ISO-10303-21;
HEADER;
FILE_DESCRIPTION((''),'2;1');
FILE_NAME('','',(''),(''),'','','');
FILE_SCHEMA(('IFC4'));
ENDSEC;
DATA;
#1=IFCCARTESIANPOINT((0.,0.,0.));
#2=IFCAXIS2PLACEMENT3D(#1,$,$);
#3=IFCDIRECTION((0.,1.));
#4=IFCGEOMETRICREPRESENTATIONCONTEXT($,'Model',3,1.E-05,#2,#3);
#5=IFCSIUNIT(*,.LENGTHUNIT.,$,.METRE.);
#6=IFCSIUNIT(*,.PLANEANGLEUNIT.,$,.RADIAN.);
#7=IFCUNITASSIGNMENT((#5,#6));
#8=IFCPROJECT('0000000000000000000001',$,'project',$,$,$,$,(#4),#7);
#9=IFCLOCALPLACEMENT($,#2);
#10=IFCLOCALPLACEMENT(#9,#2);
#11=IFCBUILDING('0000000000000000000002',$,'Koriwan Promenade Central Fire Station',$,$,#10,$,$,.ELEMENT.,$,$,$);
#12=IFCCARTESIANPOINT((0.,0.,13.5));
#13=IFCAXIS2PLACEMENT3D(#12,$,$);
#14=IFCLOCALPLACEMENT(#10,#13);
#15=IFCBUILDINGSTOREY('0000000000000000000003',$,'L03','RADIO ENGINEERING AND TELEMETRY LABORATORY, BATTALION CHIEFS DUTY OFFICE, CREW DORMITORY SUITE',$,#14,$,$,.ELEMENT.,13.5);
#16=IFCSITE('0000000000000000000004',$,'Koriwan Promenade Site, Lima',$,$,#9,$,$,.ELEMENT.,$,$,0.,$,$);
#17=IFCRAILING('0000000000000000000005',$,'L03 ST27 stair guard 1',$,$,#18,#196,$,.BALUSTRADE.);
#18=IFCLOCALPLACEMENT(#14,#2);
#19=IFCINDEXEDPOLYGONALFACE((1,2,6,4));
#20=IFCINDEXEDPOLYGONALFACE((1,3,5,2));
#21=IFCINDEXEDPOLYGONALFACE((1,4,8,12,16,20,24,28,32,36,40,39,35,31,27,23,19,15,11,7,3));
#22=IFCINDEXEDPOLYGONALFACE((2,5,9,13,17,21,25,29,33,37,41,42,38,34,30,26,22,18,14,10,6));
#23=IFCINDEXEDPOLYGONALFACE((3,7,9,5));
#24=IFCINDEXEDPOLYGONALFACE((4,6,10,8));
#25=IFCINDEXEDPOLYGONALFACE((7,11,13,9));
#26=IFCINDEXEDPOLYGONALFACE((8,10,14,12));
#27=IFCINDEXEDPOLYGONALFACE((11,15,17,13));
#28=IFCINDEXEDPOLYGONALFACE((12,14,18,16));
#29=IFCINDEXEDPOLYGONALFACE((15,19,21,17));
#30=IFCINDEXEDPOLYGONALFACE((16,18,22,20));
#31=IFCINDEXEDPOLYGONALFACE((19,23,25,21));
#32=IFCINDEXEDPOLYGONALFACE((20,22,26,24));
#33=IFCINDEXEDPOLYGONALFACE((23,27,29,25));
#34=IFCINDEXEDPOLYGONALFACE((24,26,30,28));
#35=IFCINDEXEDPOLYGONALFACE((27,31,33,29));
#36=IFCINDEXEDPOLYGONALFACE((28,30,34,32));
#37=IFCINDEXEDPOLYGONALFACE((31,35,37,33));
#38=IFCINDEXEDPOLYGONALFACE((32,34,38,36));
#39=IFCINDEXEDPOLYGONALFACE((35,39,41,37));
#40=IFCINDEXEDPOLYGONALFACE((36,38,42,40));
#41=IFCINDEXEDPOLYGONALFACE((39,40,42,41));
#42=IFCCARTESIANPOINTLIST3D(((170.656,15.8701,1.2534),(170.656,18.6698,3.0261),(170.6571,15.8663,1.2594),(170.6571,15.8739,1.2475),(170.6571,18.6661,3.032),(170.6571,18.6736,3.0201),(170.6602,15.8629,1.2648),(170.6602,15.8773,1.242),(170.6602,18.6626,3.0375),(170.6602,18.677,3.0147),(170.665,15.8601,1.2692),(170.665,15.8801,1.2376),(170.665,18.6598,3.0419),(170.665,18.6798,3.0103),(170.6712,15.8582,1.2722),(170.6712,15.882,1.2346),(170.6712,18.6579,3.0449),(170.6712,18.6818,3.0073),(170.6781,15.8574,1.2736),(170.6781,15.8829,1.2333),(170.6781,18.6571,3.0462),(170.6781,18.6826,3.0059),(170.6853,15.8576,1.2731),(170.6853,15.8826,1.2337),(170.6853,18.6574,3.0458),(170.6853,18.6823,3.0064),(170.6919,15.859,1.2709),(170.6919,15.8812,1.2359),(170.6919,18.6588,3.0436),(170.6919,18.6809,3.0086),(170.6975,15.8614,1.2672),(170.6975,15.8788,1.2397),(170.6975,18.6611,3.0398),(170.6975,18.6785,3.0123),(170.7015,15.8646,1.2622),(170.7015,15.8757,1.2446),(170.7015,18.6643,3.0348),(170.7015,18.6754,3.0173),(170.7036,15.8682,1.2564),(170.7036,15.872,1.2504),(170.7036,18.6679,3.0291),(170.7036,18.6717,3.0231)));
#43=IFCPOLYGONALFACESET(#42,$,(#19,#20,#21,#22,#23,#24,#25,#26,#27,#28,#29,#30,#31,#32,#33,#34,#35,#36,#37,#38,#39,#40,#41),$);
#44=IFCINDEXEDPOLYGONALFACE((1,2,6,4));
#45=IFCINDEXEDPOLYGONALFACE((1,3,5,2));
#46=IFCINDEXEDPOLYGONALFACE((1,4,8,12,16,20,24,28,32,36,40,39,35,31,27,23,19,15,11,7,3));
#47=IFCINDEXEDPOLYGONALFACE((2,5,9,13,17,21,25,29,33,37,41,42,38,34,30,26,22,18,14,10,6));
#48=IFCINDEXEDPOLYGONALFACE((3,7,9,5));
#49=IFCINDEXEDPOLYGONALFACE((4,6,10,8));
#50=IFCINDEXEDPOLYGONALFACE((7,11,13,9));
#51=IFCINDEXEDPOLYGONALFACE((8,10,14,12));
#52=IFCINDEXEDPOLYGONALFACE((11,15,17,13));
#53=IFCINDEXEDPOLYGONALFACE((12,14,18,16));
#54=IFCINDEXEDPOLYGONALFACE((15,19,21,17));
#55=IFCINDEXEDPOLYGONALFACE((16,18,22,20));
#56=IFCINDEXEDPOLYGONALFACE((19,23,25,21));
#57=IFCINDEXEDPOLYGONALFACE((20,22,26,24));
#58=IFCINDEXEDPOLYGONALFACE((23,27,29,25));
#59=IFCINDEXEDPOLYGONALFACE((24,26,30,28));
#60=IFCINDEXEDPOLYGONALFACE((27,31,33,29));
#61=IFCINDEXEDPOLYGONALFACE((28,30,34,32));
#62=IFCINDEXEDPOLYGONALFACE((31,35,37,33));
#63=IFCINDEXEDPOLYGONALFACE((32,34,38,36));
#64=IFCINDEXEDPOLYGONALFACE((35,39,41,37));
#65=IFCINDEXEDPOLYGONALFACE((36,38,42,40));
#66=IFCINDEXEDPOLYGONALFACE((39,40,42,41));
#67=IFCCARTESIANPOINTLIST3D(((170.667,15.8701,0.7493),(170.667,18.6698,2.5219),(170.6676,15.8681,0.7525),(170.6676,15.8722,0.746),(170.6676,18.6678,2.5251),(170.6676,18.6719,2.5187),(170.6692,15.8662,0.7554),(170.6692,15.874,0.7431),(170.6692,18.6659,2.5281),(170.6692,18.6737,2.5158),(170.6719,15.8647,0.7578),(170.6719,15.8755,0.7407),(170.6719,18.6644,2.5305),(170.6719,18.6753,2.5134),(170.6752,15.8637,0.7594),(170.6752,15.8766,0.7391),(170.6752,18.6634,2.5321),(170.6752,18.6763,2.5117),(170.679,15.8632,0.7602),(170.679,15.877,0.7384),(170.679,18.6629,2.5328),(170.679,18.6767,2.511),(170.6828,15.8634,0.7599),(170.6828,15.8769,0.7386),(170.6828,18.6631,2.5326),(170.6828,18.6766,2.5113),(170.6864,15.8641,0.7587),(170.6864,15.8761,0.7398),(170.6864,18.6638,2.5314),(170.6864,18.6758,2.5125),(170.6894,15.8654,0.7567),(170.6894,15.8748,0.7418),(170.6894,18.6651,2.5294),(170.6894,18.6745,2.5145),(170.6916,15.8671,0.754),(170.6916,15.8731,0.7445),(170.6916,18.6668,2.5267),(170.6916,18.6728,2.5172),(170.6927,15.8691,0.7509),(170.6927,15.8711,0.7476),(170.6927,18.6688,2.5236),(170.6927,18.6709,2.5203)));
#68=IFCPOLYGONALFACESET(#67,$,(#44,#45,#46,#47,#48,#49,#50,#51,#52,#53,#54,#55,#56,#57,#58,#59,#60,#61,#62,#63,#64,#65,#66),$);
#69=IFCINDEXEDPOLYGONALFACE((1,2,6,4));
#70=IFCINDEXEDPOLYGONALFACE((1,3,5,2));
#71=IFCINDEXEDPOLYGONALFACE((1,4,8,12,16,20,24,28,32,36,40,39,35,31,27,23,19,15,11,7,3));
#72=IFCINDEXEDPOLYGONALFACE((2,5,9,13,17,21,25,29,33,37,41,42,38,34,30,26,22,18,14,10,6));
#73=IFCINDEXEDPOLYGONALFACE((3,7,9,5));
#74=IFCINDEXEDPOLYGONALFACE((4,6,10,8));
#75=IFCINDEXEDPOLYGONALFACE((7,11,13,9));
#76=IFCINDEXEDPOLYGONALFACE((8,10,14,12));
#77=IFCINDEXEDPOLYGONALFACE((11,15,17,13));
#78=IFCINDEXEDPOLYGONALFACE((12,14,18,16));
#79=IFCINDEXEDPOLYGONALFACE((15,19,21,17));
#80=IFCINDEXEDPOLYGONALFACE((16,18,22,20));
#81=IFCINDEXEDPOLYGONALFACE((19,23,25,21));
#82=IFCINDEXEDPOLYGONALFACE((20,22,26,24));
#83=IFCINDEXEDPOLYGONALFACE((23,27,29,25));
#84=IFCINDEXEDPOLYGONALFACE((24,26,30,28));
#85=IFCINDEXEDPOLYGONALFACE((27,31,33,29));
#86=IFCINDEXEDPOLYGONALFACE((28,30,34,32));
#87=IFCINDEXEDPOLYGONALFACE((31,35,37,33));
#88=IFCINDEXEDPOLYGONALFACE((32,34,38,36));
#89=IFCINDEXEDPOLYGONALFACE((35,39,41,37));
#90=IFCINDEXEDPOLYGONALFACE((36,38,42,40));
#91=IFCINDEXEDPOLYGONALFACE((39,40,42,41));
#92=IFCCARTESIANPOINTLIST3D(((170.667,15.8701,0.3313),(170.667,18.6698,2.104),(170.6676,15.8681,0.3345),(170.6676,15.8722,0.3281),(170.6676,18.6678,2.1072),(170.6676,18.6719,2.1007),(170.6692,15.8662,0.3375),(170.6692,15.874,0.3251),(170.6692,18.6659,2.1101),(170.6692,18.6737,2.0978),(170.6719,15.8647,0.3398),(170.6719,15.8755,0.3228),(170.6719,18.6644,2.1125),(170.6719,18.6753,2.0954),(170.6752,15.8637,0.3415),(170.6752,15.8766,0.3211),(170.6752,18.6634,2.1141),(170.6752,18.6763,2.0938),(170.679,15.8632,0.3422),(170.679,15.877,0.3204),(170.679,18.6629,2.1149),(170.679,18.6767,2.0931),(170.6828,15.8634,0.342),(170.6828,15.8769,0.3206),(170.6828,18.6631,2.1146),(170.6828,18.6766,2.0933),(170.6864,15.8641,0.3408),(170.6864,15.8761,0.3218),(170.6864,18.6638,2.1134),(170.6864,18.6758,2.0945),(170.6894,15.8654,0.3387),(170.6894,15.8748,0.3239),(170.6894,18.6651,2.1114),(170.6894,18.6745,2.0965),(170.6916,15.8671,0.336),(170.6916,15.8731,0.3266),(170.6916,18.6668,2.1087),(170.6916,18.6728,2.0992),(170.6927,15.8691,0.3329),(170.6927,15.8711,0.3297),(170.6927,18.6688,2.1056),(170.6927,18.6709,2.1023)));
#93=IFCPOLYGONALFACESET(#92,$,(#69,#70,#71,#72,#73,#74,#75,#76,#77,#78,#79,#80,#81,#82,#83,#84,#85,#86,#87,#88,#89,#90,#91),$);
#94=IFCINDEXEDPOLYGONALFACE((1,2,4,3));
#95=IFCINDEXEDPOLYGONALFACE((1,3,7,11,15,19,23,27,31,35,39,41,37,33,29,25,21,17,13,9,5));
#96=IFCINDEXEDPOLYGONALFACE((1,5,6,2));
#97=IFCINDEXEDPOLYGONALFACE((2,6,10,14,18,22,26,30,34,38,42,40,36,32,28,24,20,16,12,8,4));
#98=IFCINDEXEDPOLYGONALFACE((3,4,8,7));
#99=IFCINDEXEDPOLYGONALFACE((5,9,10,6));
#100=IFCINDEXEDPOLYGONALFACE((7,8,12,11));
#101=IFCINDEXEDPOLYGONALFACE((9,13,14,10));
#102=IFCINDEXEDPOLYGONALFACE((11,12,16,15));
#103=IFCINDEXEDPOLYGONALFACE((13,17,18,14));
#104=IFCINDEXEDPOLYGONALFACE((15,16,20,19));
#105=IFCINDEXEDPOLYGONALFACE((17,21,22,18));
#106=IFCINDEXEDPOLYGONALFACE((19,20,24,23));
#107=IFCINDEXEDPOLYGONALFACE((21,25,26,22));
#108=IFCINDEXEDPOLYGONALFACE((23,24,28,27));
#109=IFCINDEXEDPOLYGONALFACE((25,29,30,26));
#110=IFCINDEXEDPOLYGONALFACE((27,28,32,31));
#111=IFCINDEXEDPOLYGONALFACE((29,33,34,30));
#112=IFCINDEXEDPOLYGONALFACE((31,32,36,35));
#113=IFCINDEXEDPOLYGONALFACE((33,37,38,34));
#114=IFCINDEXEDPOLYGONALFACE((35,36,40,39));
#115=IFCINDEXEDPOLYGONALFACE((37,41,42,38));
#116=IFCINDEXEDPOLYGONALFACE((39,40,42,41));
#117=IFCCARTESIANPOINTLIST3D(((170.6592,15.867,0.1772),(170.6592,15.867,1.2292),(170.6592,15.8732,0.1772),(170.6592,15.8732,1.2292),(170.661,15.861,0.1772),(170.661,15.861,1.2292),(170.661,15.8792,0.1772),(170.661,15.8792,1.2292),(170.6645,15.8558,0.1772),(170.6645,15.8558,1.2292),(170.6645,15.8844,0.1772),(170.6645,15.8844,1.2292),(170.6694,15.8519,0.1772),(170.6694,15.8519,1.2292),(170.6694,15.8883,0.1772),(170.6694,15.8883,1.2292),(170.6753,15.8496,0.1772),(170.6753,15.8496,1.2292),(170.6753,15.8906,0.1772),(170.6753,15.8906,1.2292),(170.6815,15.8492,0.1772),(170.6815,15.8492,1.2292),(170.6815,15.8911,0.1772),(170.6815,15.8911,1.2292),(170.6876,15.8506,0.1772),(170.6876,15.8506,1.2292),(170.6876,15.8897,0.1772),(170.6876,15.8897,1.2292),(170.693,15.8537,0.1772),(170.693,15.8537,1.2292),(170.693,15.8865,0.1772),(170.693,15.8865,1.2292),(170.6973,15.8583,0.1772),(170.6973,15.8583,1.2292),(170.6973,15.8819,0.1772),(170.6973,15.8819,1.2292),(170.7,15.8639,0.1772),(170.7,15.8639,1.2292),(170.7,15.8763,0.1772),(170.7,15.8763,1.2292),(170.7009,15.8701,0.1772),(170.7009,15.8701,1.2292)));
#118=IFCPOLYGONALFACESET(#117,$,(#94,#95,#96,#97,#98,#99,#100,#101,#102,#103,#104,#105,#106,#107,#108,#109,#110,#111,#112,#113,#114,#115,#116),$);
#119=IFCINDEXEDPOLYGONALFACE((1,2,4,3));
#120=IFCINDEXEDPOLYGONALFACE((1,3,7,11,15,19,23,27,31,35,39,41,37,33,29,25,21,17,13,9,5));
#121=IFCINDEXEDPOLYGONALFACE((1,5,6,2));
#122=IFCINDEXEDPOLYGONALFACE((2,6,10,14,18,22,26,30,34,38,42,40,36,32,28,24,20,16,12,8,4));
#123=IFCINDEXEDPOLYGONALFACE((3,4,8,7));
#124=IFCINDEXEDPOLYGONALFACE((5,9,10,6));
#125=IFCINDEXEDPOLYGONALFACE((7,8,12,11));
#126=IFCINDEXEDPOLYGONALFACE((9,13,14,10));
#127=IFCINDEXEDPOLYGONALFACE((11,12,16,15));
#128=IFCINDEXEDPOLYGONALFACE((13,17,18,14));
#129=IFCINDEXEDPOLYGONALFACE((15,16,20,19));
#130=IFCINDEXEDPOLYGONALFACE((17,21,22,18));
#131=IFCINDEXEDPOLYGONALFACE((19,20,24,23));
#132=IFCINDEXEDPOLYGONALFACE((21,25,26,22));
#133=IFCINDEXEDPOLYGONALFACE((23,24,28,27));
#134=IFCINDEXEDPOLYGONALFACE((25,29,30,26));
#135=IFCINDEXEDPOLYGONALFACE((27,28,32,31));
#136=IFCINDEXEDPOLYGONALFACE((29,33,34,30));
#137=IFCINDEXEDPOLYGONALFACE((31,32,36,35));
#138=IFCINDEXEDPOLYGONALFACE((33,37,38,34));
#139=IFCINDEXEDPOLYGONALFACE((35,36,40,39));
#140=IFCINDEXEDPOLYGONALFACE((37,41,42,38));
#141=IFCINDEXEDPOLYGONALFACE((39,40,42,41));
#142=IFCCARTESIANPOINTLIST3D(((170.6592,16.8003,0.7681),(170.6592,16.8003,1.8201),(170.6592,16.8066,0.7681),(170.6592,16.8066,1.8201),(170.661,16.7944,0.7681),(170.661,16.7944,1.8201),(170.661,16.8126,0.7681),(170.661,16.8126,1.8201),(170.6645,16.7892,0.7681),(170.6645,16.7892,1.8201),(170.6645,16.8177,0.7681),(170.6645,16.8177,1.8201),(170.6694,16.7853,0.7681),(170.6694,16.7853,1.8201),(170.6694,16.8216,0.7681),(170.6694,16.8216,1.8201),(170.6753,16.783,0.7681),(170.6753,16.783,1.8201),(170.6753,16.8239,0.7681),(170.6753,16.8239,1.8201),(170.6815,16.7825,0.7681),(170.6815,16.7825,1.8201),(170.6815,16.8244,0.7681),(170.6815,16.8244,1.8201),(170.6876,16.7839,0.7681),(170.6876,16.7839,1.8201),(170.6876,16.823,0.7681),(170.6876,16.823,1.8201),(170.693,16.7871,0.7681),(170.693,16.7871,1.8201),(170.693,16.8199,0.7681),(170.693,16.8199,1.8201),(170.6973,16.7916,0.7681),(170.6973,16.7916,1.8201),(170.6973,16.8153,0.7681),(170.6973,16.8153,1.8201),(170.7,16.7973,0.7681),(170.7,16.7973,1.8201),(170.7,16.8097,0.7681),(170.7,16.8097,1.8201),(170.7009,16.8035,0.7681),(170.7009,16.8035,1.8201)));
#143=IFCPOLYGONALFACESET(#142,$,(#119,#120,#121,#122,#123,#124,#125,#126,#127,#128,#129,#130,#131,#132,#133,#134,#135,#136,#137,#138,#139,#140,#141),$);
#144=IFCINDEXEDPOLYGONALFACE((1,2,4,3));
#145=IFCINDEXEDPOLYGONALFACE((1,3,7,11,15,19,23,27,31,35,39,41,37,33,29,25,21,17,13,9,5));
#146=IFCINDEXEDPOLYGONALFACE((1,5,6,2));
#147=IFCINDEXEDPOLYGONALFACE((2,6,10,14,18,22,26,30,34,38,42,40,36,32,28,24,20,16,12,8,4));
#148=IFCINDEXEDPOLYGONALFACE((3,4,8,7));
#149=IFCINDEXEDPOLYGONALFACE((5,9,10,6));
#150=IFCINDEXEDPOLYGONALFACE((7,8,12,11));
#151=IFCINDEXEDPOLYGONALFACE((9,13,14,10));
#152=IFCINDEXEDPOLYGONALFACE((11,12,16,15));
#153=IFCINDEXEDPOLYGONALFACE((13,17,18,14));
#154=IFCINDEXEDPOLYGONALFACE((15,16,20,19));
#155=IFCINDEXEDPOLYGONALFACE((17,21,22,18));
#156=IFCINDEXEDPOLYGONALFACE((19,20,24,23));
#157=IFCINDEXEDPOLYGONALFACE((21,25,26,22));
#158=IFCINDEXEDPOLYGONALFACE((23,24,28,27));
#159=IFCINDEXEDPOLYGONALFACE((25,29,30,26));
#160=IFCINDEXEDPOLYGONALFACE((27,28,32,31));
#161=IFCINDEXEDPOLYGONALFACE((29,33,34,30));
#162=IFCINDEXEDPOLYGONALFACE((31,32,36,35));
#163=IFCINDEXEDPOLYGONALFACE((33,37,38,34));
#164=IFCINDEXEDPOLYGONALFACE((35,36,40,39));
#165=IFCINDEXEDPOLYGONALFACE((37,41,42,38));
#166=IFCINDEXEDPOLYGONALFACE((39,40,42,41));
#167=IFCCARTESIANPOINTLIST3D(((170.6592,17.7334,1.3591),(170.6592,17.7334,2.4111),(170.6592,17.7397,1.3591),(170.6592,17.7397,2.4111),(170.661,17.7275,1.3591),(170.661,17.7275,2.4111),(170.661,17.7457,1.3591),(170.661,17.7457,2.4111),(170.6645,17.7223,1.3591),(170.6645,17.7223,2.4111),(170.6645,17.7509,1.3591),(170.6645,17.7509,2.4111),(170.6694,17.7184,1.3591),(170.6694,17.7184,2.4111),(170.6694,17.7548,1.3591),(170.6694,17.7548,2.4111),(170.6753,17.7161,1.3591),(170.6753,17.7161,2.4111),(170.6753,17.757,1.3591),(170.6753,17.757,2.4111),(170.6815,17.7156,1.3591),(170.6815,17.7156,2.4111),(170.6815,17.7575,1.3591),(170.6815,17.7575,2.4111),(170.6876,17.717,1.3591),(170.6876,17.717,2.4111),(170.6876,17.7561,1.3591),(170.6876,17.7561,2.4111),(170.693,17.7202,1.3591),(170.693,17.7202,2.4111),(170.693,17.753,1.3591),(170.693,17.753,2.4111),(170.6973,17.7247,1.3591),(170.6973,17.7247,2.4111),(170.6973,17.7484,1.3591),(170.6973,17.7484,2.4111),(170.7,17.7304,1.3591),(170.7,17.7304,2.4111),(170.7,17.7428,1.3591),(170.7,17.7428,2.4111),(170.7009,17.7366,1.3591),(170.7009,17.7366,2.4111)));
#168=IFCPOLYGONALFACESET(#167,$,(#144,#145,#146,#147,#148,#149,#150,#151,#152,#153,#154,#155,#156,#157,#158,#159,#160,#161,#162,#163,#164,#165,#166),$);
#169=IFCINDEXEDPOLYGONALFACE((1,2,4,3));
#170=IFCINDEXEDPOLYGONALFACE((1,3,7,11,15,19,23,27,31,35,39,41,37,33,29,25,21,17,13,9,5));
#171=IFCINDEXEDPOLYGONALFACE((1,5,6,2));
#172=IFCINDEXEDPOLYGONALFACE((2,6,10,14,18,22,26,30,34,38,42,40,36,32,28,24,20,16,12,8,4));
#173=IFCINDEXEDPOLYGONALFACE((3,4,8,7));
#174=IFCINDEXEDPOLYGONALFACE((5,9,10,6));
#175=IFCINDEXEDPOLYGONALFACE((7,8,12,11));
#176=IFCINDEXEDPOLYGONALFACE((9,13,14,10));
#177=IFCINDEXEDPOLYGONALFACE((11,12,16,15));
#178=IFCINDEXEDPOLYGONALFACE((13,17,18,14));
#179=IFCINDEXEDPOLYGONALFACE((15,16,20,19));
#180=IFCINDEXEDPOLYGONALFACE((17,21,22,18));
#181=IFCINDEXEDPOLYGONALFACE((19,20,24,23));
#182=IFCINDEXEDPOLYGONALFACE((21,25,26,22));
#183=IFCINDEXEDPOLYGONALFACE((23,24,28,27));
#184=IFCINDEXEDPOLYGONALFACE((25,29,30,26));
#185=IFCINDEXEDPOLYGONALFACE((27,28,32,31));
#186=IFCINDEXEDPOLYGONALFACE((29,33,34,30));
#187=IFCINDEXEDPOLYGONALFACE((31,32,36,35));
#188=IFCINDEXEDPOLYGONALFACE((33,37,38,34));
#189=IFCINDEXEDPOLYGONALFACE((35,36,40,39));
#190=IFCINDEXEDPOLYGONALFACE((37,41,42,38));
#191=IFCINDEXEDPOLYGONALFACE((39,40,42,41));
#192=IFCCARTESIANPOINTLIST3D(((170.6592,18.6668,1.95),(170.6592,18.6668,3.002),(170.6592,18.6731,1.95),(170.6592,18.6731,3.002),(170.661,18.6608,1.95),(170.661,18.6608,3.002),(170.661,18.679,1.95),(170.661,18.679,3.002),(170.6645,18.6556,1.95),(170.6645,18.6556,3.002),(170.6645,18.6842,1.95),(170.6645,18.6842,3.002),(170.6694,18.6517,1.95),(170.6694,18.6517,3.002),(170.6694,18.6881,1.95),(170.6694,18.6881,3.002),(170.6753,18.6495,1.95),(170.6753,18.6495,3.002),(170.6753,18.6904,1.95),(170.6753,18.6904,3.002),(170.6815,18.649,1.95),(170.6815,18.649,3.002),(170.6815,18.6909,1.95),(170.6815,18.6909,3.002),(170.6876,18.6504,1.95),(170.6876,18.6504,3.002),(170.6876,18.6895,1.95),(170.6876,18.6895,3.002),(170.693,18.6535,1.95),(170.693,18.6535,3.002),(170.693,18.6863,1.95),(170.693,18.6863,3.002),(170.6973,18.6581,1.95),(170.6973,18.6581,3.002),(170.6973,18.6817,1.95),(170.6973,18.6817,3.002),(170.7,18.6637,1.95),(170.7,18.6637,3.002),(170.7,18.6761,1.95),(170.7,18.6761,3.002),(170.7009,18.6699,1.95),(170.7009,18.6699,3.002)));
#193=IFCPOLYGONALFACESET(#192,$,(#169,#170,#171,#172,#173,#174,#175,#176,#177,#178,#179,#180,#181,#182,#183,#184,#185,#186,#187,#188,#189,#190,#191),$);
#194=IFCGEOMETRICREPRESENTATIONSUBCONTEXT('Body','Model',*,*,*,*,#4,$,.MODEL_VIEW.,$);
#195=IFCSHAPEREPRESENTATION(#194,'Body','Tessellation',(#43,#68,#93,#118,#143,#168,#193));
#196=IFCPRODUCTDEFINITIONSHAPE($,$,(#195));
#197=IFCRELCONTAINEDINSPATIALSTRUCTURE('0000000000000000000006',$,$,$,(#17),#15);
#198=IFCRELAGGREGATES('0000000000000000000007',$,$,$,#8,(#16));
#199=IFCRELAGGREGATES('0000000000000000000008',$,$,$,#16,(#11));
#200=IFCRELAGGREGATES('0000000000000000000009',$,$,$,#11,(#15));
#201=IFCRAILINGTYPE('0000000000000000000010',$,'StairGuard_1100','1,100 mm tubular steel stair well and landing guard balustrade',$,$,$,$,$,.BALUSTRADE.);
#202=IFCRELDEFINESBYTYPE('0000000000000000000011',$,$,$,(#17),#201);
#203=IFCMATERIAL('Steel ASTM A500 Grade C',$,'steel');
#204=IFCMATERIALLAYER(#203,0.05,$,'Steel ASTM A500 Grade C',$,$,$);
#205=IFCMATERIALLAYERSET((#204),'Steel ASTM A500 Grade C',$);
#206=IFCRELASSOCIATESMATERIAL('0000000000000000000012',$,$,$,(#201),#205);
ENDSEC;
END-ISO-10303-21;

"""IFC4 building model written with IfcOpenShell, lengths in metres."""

from ifc_helpers import new_model, si_unit, direction, frame, origin, origin_2d, place, context, subcontext, project, spatial, circle, extrude, material, layer, layer_set, type_object, element, save


model = new_model("IFC4")

# Units and contexts
model_context = context("Model", 3, precision=1e-05, world=origin(), true_north=direction((0.0, 1.0)))
body_context = subcontext(model_context, "Body", "Model", "MODEL_VIEW")
ifc_project = project(units=[si_unit("LENGTHUNIT", "METRE"), si_unit("PLANEANGLEUNIT", "RADIAN")], contexts=[model_context])

# Site, building, storey
site_placement = place(None, origin())
site = spatial("IfcSite", under=ifc_project, at=site_placement, Name="Koriwan Promenade Site, Lima", CompositionType="ELEMENT", RefElevation=0.0)
building_placement = place(site_placement, origin())
building = spatial("IfcBuilding", under=site, at=building_placement, Name="Koriwan Promenade Central Fire Station", CompositionType="ELEMENT")
storey_placement = place(building_placement, frame((0.0, 0.0, 13.5)))
storey = spatial("IfcBuildingStorey", under=building, at=storey_placement, Name="L03", Description="RADIO ENGINEERING AND TELEMETRY LABORATORY, BATTALION CHIEFS DUTY OFFICE, CREW DORMITORY SUITE", CompositionType="ELEMENT", Elevation=13.5)

# Railing
ifc_material_1 = material(Name="Steel ASTM A500 Grade C", Category="steel")
ifc_layer_1 = layer(ifc_material_1, 0.05, Name="Steel ASTM A500 Grade C")
ifc_layer_set_1 = layer_set([ifc_layer_1], Name="Steel ASTM A500 Grade C")
railing_type_1 = type_object("IfcRailingType", Name="StairGuard_1100", Description="1,100 mm tubular steel stair well and landing guard balustrade", PredefinedType="BALUSTRADE", material=ifc_layer_set_1)
railing_1_placement = place(storey_placement, frame((170.6799, 15.8701, 0.1772)))
element("IfcRailing", 1, at=railing_1_placement, inside=storey, type_object=railing_type_1, Name="L03 ST27 stair guard 1", PredefinedType="BALUSTRADE", context=body_context, shape_type="SweptSolid", body=[
    extrude(circle(Radius=0.0239, at=origin_2d()), frame((0.0, 0.0, 1.0762), z_axis=(0.0, 0.844888, 0.534943), x_axis=(-1.0, 0.0, 0.0)), (0.0, 0.0, 1.0), 3.3137),
    extrude(circle(Radius=0.0129, at=origin_2d()), frame((0.0, 0.0, 0.572), z_axis=(0.0, 0.844888, 0.534943), x_axis=(-1.0, 0.0, 0.0)), (0.0, 0.0, 1.0), 3.3137),
    extrude(circle(Radius=0.0129, at=origin_2d()), frame((0.0, 0.0, 0.1541), z_axis=(0.0, 0.844888, 0.534943), x_axis=(-1.0, 0.0, 0.0)), (0.0, 0.0, 1.0), 3.3137),
    extrude(circle(Radius=0.021, at=origin_2d()), origin(), (0.0, 0.0, 1.0), 1.052),
    extrude(circle(Radius=0.021, at=origin_2d()), frame((0.0, 0.9333, 0.5908)), (0.0, 0.0, 1.0), 1.052),
    extrude(circle(Radius=0.021, at=origin_2d()), frame((0.0, 1.8665, 1.1819)), (0.0, 0.0, 1.0), 1.052),
    extrude(circle(Radius=0.021, at=origin_2d()), frame((0.0, 2.7998, 1.7727)), (0.0, 0.0, 1.0), 1.052),
])

save(model, "model.ifc")
